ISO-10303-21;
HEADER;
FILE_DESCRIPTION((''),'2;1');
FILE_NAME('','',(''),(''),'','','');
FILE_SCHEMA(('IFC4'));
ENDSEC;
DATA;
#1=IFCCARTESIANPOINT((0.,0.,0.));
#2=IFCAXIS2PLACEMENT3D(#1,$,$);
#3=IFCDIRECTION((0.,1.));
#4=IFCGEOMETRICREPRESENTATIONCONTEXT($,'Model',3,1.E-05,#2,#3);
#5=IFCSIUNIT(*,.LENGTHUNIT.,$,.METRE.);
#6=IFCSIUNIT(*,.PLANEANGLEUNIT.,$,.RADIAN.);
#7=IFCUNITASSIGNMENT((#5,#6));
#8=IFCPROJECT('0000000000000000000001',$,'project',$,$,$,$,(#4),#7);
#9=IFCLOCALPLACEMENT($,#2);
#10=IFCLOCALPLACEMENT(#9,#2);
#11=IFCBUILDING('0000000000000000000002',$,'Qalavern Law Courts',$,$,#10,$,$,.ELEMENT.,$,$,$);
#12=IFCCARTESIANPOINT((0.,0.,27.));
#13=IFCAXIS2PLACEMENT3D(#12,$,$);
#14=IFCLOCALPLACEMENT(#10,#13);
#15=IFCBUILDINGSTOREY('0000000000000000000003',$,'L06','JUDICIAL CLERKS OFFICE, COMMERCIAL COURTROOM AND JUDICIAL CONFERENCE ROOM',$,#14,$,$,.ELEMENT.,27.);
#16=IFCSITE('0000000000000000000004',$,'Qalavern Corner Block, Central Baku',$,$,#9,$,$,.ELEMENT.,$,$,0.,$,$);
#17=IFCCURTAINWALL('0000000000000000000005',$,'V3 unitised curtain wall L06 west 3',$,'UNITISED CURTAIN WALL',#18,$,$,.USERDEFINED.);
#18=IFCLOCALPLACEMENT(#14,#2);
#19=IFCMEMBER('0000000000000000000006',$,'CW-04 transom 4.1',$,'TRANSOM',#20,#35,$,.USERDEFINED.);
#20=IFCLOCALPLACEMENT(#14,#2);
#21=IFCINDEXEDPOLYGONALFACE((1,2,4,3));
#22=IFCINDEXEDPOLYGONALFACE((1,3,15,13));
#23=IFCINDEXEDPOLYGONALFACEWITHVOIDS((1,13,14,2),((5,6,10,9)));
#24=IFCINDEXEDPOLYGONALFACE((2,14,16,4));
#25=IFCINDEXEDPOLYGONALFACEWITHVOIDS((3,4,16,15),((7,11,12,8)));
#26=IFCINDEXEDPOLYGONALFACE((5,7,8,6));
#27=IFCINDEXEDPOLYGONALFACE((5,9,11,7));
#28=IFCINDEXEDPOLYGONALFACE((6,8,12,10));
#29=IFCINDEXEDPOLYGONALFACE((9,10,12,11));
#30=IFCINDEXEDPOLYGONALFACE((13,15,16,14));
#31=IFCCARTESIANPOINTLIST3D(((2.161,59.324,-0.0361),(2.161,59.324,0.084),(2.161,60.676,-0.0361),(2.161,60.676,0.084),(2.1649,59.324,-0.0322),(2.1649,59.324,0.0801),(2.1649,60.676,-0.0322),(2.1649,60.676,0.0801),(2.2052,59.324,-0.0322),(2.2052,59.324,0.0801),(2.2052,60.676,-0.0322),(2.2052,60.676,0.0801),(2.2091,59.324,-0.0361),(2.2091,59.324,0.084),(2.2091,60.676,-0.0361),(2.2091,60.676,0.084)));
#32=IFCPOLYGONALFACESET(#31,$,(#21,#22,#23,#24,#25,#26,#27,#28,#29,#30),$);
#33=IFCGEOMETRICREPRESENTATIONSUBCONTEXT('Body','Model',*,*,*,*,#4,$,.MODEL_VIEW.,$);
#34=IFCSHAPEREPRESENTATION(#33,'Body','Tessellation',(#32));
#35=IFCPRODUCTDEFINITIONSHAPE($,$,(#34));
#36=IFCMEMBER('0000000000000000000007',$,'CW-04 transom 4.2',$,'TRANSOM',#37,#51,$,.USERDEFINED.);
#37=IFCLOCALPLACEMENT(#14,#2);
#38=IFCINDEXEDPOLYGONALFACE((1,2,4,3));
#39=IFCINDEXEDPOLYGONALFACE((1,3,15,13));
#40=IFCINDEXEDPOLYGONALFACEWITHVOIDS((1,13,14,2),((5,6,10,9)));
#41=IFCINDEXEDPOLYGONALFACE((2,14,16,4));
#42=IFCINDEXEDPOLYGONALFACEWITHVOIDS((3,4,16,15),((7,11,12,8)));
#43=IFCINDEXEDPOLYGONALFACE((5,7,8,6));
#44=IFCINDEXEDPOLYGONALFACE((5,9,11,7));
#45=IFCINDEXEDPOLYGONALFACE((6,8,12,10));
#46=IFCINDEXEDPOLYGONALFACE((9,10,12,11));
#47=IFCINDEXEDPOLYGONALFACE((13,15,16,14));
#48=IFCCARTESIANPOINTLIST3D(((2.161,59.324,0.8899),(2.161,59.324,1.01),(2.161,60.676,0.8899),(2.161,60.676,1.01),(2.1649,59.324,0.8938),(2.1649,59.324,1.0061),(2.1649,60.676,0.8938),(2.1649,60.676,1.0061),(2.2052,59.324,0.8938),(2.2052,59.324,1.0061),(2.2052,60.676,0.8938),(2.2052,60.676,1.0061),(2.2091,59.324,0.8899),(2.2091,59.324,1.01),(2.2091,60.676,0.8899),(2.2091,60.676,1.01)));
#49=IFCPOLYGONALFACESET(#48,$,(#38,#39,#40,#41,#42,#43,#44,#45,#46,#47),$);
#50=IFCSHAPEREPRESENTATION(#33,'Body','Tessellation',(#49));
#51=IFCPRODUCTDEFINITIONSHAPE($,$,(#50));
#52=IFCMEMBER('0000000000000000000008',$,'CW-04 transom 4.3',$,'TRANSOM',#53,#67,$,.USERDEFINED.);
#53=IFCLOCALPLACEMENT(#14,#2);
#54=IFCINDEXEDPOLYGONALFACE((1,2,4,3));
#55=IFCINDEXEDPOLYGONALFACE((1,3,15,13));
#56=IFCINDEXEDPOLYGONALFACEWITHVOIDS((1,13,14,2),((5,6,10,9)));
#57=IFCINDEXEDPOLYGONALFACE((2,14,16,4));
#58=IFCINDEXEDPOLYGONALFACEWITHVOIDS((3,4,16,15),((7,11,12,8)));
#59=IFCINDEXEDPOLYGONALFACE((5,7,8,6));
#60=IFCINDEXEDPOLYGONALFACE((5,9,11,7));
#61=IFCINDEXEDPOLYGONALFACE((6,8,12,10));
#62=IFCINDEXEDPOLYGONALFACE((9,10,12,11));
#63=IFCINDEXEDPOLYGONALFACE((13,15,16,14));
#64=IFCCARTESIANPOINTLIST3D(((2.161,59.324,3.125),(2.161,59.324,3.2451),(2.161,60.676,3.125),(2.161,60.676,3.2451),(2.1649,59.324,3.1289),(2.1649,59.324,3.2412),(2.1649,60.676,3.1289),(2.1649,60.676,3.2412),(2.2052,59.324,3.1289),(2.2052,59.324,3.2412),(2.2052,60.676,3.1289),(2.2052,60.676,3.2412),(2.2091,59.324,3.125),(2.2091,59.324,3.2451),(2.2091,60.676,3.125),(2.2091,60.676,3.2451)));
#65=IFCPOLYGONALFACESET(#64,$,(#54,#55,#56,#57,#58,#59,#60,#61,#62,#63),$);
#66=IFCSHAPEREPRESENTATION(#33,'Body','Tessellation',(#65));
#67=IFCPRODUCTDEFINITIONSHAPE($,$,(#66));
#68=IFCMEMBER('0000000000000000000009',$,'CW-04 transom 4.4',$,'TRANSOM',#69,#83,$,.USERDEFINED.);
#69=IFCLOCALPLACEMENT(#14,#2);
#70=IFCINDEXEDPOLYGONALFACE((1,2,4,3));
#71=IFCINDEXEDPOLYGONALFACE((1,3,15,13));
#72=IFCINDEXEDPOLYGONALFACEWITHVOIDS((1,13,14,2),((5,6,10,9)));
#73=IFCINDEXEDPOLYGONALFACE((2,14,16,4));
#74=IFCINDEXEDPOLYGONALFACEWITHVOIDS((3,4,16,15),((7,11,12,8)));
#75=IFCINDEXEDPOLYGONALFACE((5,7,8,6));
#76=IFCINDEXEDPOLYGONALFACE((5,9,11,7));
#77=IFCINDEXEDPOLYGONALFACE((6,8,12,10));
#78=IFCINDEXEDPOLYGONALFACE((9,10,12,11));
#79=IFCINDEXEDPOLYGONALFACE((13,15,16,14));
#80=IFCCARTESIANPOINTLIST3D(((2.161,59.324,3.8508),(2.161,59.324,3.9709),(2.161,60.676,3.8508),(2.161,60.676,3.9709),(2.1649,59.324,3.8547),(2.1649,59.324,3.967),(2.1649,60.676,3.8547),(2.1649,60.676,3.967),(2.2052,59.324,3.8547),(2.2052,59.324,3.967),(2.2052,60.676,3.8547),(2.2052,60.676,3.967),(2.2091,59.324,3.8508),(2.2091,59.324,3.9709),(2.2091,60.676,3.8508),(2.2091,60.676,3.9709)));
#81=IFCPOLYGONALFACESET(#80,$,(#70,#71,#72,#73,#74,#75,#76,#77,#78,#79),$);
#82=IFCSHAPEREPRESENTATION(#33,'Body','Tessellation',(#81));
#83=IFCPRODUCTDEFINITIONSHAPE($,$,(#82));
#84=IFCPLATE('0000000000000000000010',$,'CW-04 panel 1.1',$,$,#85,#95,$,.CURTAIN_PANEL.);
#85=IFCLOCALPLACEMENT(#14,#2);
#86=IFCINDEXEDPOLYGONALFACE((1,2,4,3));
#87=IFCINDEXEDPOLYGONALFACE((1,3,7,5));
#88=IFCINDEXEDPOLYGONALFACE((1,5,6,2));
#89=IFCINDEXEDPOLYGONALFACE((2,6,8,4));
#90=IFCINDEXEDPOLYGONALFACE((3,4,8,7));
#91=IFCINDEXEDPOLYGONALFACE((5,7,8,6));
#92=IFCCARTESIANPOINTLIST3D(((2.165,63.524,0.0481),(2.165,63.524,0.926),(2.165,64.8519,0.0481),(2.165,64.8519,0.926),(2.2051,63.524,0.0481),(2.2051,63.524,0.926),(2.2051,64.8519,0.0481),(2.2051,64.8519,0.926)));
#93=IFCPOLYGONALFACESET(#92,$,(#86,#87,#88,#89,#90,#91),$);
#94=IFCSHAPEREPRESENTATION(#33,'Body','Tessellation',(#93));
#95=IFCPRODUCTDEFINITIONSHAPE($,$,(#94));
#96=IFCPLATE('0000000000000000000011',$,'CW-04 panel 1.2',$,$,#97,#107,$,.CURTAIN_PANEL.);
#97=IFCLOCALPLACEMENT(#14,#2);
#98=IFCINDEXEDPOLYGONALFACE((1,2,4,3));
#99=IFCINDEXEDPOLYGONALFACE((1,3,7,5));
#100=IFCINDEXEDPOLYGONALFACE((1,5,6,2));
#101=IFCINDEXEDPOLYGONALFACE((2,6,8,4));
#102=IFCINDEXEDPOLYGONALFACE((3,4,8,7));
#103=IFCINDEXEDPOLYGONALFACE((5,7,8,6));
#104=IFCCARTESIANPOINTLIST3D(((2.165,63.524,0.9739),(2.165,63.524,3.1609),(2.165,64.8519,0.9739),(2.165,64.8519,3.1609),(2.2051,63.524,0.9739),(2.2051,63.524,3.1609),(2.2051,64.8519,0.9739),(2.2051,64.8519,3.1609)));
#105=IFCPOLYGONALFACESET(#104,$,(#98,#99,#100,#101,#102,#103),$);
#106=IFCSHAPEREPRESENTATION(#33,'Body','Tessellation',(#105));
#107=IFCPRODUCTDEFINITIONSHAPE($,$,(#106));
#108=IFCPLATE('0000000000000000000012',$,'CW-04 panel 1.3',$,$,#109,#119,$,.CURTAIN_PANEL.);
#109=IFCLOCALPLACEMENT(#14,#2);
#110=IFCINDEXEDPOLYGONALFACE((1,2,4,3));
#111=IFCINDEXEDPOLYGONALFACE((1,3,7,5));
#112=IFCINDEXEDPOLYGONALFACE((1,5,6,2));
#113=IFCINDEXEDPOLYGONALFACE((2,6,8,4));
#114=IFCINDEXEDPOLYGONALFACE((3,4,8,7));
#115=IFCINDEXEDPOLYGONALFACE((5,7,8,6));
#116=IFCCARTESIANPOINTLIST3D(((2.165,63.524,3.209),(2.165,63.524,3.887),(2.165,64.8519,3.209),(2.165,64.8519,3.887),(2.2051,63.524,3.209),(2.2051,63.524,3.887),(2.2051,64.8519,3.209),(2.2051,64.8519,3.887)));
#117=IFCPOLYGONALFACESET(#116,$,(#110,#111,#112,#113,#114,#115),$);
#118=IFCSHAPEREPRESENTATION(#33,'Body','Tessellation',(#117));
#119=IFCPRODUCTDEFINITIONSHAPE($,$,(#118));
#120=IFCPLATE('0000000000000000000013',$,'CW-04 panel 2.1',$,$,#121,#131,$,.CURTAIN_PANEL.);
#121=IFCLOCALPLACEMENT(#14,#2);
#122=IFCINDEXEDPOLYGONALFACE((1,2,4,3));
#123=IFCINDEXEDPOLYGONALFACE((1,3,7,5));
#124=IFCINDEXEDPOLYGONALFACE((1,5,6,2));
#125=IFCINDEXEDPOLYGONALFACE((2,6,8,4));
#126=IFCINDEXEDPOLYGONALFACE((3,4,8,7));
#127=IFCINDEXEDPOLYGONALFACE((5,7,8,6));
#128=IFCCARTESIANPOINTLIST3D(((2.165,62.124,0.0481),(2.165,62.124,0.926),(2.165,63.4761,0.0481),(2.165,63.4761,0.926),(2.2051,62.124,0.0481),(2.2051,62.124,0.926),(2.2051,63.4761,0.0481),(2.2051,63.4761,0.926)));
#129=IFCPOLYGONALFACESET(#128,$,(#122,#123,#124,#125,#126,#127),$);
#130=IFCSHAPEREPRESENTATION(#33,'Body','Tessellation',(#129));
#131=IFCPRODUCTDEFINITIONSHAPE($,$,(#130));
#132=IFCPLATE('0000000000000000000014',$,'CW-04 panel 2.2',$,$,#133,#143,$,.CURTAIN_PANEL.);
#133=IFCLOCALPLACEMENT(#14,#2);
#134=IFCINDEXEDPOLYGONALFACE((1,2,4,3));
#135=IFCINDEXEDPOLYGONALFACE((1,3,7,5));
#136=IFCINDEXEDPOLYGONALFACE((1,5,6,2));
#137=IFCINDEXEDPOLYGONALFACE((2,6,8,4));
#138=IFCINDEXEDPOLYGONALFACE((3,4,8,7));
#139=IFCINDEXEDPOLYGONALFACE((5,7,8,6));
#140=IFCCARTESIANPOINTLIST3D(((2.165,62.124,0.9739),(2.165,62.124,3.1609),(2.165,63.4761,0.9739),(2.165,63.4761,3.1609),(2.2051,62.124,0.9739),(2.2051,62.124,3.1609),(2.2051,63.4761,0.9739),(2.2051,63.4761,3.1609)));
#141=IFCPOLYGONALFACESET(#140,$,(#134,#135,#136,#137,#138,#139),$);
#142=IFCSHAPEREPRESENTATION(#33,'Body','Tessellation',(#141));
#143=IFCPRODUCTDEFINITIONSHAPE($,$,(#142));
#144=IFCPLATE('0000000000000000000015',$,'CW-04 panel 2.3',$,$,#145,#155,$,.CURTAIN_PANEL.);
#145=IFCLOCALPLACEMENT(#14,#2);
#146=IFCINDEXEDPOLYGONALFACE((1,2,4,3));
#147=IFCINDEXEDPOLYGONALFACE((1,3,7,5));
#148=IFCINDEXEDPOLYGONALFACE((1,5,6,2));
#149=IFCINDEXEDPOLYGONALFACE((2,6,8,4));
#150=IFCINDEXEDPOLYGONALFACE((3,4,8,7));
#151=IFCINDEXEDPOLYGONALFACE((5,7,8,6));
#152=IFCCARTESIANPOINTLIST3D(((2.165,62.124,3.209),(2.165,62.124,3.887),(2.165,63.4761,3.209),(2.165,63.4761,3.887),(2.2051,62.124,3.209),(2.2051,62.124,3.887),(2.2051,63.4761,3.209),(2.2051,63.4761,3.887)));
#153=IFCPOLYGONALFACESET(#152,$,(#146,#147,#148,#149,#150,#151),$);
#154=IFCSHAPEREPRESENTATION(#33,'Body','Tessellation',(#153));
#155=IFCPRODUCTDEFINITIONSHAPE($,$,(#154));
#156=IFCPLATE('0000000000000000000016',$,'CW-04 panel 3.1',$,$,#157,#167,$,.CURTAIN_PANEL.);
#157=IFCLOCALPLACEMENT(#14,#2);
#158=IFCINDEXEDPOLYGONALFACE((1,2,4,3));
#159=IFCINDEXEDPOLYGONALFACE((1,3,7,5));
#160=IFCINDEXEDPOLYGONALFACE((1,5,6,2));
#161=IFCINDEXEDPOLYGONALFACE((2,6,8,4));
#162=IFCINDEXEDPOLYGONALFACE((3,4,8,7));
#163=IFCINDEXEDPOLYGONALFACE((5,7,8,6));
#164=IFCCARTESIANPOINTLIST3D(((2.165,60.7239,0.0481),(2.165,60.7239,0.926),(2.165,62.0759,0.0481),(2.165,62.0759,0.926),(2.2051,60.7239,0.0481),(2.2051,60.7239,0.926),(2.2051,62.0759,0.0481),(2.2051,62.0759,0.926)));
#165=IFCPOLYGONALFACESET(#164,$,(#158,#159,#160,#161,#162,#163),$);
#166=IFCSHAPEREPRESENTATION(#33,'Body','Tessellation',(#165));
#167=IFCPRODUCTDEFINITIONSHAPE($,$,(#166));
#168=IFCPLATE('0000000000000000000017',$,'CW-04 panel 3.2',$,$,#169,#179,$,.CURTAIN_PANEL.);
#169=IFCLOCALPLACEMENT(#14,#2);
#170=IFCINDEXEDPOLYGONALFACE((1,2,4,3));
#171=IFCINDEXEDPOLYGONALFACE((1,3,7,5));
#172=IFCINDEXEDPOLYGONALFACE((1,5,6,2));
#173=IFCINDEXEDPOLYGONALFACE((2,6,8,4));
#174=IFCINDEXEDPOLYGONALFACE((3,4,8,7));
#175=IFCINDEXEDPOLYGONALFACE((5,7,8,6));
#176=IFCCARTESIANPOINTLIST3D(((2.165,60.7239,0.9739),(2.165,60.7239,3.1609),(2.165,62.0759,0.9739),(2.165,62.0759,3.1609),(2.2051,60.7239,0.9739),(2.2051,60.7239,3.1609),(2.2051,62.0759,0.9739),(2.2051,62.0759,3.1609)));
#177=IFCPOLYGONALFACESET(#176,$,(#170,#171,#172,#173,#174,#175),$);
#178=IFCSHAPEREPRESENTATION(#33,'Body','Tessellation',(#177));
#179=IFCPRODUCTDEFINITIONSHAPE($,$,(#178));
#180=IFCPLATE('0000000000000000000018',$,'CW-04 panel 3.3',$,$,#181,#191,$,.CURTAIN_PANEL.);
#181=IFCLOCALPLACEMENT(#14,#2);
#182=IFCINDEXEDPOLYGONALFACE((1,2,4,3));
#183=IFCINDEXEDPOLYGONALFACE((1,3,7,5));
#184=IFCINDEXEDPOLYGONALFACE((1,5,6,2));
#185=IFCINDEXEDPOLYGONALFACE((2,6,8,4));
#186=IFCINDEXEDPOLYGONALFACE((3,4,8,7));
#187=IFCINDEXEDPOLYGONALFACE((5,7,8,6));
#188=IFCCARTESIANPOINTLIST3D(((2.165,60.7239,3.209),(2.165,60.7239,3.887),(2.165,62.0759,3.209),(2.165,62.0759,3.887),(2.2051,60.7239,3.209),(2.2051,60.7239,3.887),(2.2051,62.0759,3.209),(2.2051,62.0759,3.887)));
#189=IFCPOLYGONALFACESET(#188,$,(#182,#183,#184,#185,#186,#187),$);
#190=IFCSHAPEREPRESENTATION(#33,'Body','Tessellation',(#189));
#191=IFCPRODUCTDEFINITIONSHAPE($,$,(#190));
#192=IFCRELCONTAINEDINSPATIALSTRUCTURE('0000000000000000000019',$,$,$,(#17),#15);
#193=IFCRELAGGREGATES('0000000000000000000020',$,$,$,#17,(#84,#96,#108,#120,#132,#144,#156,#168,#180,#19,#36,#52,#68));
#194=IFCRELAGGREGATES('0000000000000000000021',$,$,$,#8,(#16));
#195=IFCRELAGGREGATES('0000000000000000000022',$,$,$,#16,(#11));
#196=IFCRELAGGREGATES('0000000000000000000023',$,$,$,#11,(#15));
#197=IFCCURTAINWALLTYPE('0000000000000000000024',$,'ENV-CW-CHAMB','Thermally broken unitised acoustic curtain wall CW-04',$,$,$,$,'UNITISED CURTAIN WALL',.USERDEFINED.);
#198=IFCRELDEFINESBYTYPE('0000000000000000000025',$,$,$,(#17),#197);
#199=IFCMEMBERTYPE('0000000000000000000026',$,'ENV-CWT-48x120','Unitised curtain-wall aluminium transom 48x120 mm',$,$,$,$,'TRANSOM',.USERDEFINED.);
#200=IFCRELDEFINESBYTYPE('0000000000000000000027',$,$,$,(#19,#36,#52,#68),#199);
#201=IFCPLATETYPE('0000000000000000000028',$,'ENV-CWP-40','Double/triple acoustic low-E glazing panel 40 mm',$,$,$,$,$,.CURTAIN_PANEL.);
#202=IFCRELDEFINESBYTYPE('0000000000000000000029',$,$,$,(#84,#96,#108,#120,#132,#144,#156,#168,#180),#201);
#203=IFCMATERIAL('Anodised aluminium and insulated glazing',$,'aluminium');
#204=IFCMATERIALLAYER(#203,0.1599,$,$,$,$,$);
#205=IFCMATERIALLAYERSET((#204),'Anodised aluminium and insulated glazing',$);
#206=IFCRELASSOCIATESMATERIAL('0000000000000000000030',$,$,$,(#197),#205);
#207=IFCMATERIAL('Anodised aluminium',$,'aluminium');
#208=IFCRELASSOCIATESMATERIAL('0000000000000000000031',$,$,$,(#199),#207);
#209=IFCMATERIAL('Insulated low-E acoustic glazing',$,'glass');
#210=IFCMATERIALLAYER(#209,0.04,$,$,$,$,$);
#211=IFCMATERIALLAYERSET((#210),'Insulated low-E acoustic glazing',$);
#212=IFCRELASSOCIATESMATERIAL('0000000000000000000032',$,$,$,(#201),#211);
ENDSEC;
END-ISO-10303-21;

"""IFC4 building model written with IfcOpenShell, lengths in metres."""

from ifc_helpers import new_model, si_unit, direction, frame, origin, origin_2d, place, context, subcontext, project, spatial, rectangle, hollow_rectangle, extrude, material, layer, layer_set, material_profile, profile_set, type_object, element, aggregate, save


model = new_model("IFC4")

# Units and contexts
model_context = context("Model", 3, precision=1e-05, world=origin(), true_north=direction((0.0, 1.0)))
body_context = subcontext(model_context, "Body", "Model", "MODEL_VIEW")
ifc_project = project(units=[si_unit("LENGTHUNIT", "METRE"), si_unit("PLANEANGLEUNIT", "RADIAN")], contexts=[model_context])

# Site, building, storey
site_placement = place(None, origin())
site = spatial("IfcSite", under=ifc_project, at=site_placement, Name="Qalavern Corner Block, Central Baku", CompositionType="ELEMENT", RefElevation=0.0)
building_placement = place(site_placement, origin())
building = spatial("IfcBuilding", under=site, at=building_placement, Name="Qalavern Law Courts", CompositionType="ELEMENT")
storey_placement = place(building_placement, frame((0.0, 0.0, 27.0)))
storey = spatial("IfcBuildingStorey", under=building, at=storey_placement, Name="L06", Description="JUDICIAL CLERKS OFFICE, COMMERCIAL COURTROOM AND JUDICIAL CONFERENCE ROOM", CompositionType="ELEMENT", Elevation=27.0)

# Curtain wall, members, plates
ifc_material_1 = material(Name="Anodised aluminium and insulated glazing", Category="aluminium")
ifc_layer_1 = layer(ifc_material_1, 0.1599)
ifc_layer_set_1 = layer_set([ifc_layer_1], Name="Anodised aluminium and insulated glazing")
curtain_wall_type = type_object("IfcCurtainWallType", Name="ENV-CW-CHAMB", Description="Thermally broken unitised acoustic curtain wall CW-04", ElementType="UNITISED CURTAIN WALL", PredefinedType="USERDEFINED", material=ifc_layer_set_1)
curtain_wall_placement = place(storey_placement, origin())
curtain_wall = element("IfcCurtainWall", 1, at=curtain_wall_placement, inside=storey, type_object=curtain_wall_type, Name="V3 unitised curtain wall L06 west 3", ObjectType="UNITISED CURTAIN WALL", PredefinedType="USERDEFINED")
ifc_material_2 = material(Name="Anodised aluminium", Category="aluminium")
ifc_material_profile_1 = material_profile(ifc_material_2, hollow_rectangle(XDim=0.0481, YDim=0.1201, WallThickness=0.0039, at=origin_2d()), Name="ALU TRANSOM 48x120")
ifc_profile_set_1 = profile_set([ifc_material_profile_1], Name="Anodised aluminium")
member_type_1 = type_object("IfcMemberType", Name="ENV-CWT-48x120", Description="Unitised curtain-wall aluminium transom 48x120 mm", ElementType="TRANSOM", PredefinedType="USERDEFINED", material=ifc_profile_set_1)
member_1_placement = place(storey_placement, frame((2.1851, 60.676, 0.0239), z_axis=(0.0, -1.0, 0.0), x_axis=(1.0, 0.0, 0.0)))
member_1 = element("IfcMember", 2, at=member_1_placement, type_object=member_type_1, Name="CW-04 transom 4.1", ObjectType="TRANSOM", PredefinedType="USERDEFINED", context=body_context, shape_type="SweptSolid", body=[
    extrude(hollow_rectangle(XDim=0.0481, YDim=0.1201, WallThickness=0.0039, at=origin_2d()), origin(), (0.0, 0.0, 1.0), 1.3521),
])
member_2_placement = place(storey_placement, frame((2.1851, 60.676, 0.95), z_axis=(0.0, -1.0, 0.0), x_axis=(1.0, 0.0, 0.0)))
member_2 = element("IfcMember", 3, at=member_2_placement, type_object=member_type_1, Name="CW-04 transom 4.2", ObjectType="TRANSOM", PredefinedType="USERDEFINED", context=body_context, shape_type="SweptSolid", body=[
    extrude(hollow_rectangle(XDim=0.0481, YDim=0.1201, WallThickness=0.0039, at=origin_2d()), origin(), (0.0, 0.0, 1.0), 1.3521),
])
member_3_placement = place(storey_placement, frame((2.1851, 60.676, 3.1851), z_axis=(0.0, -1.0, 0.0), x_axis=(1.0, 0.0, 0.0)))
member_3 = element("IfcMember", 4, at=member_3_placement, type_object=member_type_1, Name="CW-04 transom 4.3", ObjectType="TRANSOM", PredefinedType="USERDEFINED", context=body_context, shape_type="SweptSolid", body=[
    extrude(hollow_rectangle(XDim=0.0481, YDim=0.1201, WallThickness=0.0039, at=origin_2d()), origin(), (0.0, 0.0, 1.0), 1.3521),
])
member_4_placement = place(storey_placement, frame((2.1851, 60.676, 3.9109), z_axis=(0.0, -1.0, 0.0), x_axis=(1.0, 0.0, 0.0)))
member_4 = element("IfcMember", 5, at=member_4_placement, type_object=member_type_1, Name="CW-04 transom 4.4", ObjectType="TRANSOM", PredefinedType="USERDEFINED", context=body_context, shape_type="SweptSolid", body=[
    extrude(hollow_rectangle(XDim=0.0481, YDim=0.1201, WallThickness=0.0039, at=origin_2d()), origin(), (0.0, 0.0, 1.0), 1.3521),
])
ifc_material_3 = material(Name="Insulated low-E acoustic glazing", Category="glass")
ifc_layer_2 = layer(ifc_material_3, 0.04)
ifc_layer_set_2 = layer_set([ifc_layer_2], Name="Insulated low-E acoustic glazing")
plate_type = type_object("IfcPlateType", Name="ENV-CWP-40", Description="Double/triple acoustic low-E glazing panel 40 mm", PredefinedType="CURTAIN_PANEL", material=ifc_layer_set_2)
plate_1_placement = place(storey_placement, frame((2.1851, 64.188, 0.0481), z_axis=(0.0, 0.0, 1.0), x_axis=(0.0, -1.0, 0.0)))
plate_1 = element("IfcPlate", 6, at=plate_1_placement, type_object=plate_type, Name="CW-04 panel 1.1", PredefinedType="CURTAIN_PANEL", context=body_context, shape_type="SweptSolid", body=[
    extrude(rectangle(XDim=1.3279, YDim=0.04, at=origin_2d()), origin(), (0.0, 0.0, 1.0), 0.8779),
])
plate_2_placement = place(storey_placement, frame((2.1851, 64.188, 0.9739), z_axis=(0.0, 0.0, 1.0), x_axis=(0.0, -1.0, 0.0)))
plate_2 = element("IfcPlate", 7, at=plate_2_placement, type_object=plate_type, Name="CW-04 panel 1.2", PredefinedType="CURTAIN_PANEL", context=body_context, shape_type="SweptSolid", body=[
    extrude(rectangle(XDim=1.3279, YDim=0.04, at=origin_2d()), origin(), (0.0, 0.0, 1.0), 2.187),
])
plate_3_placement = place(storey_placement, frame((2.1851, 64.188, 3.209), z_axis=(0.0, 0.0, 1.0), x_axis=(0.0, -1.0, 0.0)))
plate_3 = element("IfcPlate", 8, at=plate_3_placement, type_object=plate_type, Name="CW-04 panel 1.3", PredefinedType="CURTAIN_PANEL", context=body_context, shape_type="SweptSolid", body=[
    extrude(rectangle(XDim=1.3279, YDim=0.04, at=origin_2d()), origin(), (0.0, 0.0, 1.0), 0.678),
])
plate_4_placement = place(storey_placement, frame((2.1851, 62.8, 0.0481), z_axis=(0.0, 0.0, 1.0), x_axis=(0.0, -1.0, 0.0)))
plate_4 = element("IfcPlate", 9, at=plate_4_placement, type_object=plate_type, Name="CW-04 panel 2.1", PredefinedType="CURTAIN_PANEL", context=body_context, shape_type="SweptSolid", body=[
    extrude(rectangle(XDim=1.3521, YDim=0.04, at=origin_2d()), origin(), (0.0, 0.0, 1.0), 0.8779),
])
plate_5_placement = place(storey_placement, frame((2.1851, 62.8, 0.9739), z_axis=(0.0, 0.0, 1.0), x_axis=(0.0, -1.0, 0.0)))
plate_5 = element("IfcPlate", 10, at=plate_5_placement, type_object=plate_type, Name="CW-04 panel 2.2", PredefinedType="CURTAIN_PANEL", context=body_context, shape_type="SweptSolid", body=[
    extrude(rectangle(XDim=1.3521, YDim=0.04, at=origin_2d()), origin(), (0.0, 0.0, 1.0), 2.187),
])
plate_6_placement = place(storey_placement, frame((2.1851, 62.8, 3.209), z_axis=(0.0, 0.0, 1.0), x_axis=(0.0, -1.0, 0.0)))
plate_6 = element("IfcPlate", 11, at=plate_6_placement, type_object=plate_type, Name="CW-04 panel 2.3", PredefinedType="CURTAIN_PANEL", context=body_context, shape_type="SweptSolid", body=[
    extrude(rectangle(XDim=1.3521, YDim=0.04, at=origin_2d()), origin(), (0.0, 0.0, 1.0), 0.678),
])
plate_7_placement = place(storey_placement, frame((2.1851, 61.3999, 0.0481), z_axis=(0.0, 0.0, 1.0), x_axis=(0.0, -1.0, 0.0)))
plate_7 = element("IfcPlate", 12, at=plate_7_placement, type_object=plate_type, Name="CW-04 panel 3.1", PredefinedType="CURTAIN_PANEL", context=body_context, shape_type="SweptSolid", body=[
    extrude(rectangle(XDim=1.3521, YDim=0.04, at=origin_2d()), origin(), (0.0, 0.0, 1.0), 0.8779),
])
plate_8_placement = place(storey_placement, frame((2.1851, 61.3999, 0.9739), z_axis=(0.0, 0.0, 1.0), x_axis=(0.0, -1.0, 0.0)))
plate_8 = element("IfcPlate", 13, at=plate_8_placement, type_object=plate_type, Name="CW-04 panel 3.2", PredefinedType="CURTAIN_PANEL", context=body_context, shape_type="SweptSolid", body=[
    extrude(rectangle(XDim=1.3521, YDim=0.04, at=origin_2d()), origin(), (0.0, 0.0, 1.0), 2.187),
])
plate_9_placement = place(storey_placement, frame((2.1851, 61.3999, 3.209), z_axis=(0.0, 0.0, 1.0), x_axis=(0.0, -1.0, 0.0)))
plate_9 = element("IfcPlate", 14, at=plate_9_placement, type_object=plate_type, Name="CW-04 panel 3.3", PredefinedType="CURTAIN_PANEL", context=body_context, shape_type="SweptSolid", body=[
    extrude(rectangle(XDim=1.3521, YDim=0.04, at=origin_2d()), origin(), (0.0, 0.0, 1.0), 0.678),
])
aggregate(curtain_wall, [plate_1, plate_2, plate_3, plate_4, plate_5, plate_6, plate_7, plate_8, plate_9, member_1, member_2, member_3, member_4])

save(model, "model.ifc")
